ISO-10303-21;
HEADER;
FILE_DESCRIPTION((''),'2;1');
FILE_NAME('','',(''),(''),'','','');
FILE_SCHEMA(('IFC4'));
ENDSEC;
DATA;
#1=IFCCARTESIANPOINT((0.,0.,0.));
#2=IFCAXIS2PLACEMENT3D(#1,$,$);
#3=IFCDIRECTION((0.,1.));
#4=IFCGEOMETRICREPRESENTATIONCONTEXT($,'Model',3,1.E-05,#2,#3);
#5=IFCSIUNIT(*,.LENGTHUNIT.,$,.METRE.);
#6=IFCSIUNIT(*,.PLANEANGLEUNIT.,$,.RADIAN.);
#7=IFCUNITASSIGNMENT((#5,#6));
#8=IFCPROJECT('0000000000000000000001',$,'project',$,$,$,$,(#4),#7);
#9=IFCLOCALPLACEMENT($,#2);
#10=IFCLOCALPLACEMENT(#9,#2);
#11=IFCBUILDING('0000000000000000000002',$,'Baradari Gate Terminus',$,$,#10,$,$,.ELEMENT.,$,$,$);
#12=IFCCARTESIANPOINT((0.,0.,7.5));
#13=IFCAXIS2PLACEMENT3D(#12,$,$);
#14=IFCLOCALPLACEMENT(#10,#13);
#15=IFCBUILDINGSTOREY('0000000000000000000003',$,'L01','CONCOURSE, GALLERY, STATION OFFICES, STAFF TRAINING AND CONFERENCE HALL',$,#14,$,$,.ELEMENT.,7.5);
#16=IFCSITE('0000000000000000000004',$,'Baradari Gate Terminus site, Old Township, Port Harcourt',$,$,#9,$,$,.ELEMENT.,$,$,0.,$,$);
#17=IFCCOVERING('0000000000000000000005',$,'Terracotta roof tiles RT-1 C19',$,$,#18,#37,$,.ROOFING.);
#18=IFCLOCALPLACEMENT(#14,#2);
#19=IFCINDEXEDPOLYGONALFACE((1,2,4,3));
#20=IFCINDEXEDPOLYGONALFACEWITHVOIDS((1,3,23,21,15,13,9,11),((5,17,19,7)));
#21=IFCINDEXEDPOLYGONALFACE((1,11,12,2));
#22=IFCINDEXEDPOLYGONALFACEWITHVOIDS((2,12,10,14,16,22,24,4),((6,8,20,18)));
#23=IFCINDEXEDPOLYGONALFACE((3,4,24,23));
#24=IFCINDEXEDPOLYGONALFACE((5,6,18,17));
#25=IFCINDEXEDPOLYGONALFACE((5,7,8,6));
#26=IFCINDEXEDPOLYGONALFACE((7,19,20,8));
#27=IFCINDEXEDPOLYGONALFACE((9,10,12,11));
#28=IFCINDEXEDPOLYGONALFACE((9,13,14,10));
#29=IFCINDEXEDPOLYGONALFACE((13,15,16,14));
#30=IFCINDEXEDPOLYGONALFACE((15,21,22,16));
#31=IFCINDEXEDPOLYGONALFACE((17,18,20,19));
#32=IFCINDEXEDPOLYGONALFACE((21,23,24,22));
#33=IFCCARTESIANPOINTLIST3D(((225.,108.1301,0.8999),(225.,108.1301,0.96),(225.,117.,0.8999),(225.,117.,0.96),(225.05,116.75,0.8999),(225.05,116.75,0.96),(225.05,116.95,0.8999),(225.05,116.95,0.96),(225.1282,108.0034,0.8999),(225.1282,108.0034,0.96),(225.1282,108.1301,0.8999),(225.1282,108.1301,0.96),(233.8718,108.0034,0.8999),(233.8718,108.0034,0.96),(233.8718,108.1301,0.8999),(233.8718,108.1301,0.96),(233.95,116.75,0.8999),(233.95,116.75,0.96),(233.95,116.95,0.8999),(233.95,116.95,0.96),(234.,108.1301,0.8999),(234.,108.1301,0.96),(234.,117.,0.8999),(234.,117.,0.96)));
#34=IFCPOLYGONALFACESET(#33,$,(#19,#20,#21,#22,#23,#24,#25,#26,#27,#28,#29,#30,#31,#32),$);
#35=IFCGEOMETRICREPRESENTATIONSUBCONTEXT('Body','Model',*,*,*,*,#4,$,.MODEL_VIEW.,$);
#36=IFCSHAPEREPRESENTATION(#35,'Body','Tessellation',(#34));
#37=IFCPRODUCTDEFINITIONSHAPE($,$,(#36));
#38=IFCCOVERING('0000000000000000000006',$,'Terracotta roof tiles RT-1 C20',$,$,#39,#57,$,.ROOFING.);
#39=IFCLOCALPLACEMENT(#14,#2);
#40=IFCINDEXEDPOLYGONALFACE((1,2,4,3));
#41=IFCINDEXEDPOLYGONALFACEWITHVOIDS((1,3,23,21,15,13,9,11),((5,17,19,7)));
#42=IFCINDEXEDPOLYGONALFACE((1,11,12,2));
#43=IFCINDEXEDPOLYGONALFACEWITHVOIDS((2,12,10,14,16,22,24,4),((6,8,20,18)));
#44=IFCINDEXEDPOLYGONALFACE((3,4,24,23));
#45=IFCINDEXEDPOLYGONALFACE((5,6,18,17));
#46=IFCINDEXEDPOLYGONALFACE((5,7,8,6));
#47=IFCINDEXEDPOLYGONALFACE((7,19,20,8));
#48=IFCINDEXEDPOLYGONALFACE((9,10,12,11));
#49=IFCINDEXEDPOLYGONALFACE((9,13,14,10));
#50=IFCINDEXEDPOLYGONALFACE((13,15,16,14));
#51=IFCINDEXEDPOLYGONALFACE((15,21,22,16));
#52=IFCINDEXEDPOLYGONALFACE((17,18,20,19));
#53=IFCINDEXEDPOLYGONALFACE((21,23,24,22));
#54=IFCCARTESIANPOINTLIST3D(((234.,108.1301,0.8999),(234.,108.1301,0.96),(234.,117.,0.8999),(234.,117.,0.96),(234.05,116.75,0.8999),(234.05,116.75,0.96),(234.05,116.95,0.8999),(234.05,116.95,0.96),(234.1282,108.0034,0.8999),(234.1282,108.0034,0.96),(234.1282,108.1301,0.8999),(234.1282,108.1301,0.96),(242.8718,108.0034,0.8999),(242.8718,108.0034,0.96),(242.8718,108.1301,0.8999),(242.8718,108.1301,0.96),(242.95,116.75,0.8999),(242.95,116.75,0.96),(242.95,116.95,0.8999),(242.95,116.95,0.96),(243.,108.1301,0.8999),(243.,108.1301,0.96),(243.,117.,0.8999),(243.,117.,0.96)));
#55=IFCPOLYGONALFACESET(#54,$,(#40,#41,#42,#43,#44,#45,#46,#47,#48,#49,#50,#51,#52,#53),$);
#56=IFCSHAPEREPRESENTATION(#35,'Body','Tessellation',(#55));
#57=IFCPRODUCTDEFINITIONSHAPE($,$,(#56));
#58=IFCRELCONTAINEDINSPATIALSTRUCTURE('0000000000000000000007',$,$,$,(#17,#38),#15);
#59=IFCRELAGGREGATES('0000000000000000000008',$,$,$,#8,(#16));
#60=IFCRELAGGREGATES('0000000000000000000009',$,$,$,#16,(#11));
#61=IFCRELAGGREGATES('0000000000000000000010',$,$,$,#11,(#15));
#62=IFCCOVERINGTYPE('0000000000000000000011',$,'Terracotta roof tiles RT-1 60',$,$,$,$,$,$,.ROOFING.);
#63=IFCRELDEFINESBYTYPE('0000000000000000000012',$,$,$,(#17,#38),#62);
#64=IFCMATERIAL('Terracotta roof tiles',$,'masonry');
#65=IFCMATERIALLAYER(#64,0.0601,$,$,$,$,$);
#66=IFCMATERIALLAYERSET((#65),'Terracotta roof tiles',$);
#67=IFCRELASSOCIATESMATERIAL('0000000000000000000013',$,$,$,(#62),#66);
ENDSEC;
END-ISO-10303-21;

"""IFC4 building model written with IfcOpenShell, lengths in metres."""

from ifc_helpers import new_model, si_unit, direction, frame, origin, place, context, subcontext, project, spatial, polyline, outline, extrude, material, layer, layer_set, type_object, element, save


model = new_model("IFC4")

# Units and contexts
model_context = context("Model", 3, precision=1e-05, world=origin(), true_north=direction((0.0, 1.0)))
body_context = subcontext(model_context, "Body", "Model", "MODEL_VIEW")
ifc_project = project(units=[si_unit("LENGTHUNIT", "METRE"), si_unit("PLANEANGLEUNIT", "RADIAN")], contexts=[model_context])

# Site, building, storey
site_placement = place(None, origin())
site = spatial("IfcSite", under=ifc_project, at=site_placement, Name="Baradari Gate Terminus site, Old Township, Port Harcourt", CompositionType="ELEMENT", RefElevation=0.0)
building_placement = place(site_placement, origin())
building = spatial("IfcBuilding", under=site, at=building_placement, Name="Baradari Gate Terminus", CompositionType="ELEMENT")
storey_placement = place(building_placement, frame((0.0, 0.0, 7.5)))
storey = spatial("IfcBuildingStorey", under=building, at=storey_placement, Name="L01", Description="CONCOURSE, GALLERY, STATION OFFICES, STAFF TRAINING AND CONFERENCE HALL", CompositionType="ELEMENT", Elevation=7.5)

# Coverings
ifc_material_1 = material(Name="Terracotta roof tiles", Category="masonry")
ifc_layer_1 = layer(ifc_material_1, 0.0601)
ifc_layer_set_1 = layer_set([ifc_layer_1], Name="Terracotta roof tiles")
covering_type_1 = type_object("IfcCoveringType", Name="Terracotta roof tiles RT-1 60", PredefinedType="ROOFING", material=ifc_layer_set_1)
covering_1_placement = place(storey_placement, frame((0.0, 0.0, 0.8999)))
element("IfcCovering", 1, at=covering_1_placement, inside=storey, type_object=covering_type_1, Name="Terracotta roof tiles RT-1 C19", PredefinedType="ROOFING", context=body_context, shape_type="SweptSolid", body=[
    extrude(outline(polyline([(225.0, 117.0), (234.0, 117.0), (234.0, 108.1301), (233.8718, 108.1301), (233.8718, 108.0034), (225.1282, 108.0034), (225.1282, 108.1301), (225.0, 108.1301), (225.0, 117.0)]), holes=[polyline([(233.95, 116.75), (233.95, 116.95), (225.05, 116.95), (225.05, 116.75), (233.95, 116.75)])]), origin(), (0.0, 0.0, 1.0), 0.0601),
])
covering_2_placement = place(storey_placement, frame((0.0, 0.0, 0.8999)))
element("IfcCovering", 2, at=covering_2_placement, inside=storey, type_object=covering_type_1, Name="Terracotta roof tiles RT-1 C20", PredefinedType="ROOFING", context=body_context, shape_type="SweptSolid", body=[
    extrude(outline(polyline([(234.0, 117.0), (243.0, 117.0), (243.0, 108.1301), (242.8718, 108.1301), (242.8718, 108.0034), (234.1282, 108.0034), (234.1282, 108.1301), (234.0, 108.1301), (234.0, 117.0)]), holes=[polyline([(242.95, 116.95), (234.05, 116.95), (234.05, 116.75), (242.95, 116.75), (242.95, 116.95)])]), origin(), (0.0, 0.0, 1.0), 0.0601),
])

save(model, "model.ifc")
